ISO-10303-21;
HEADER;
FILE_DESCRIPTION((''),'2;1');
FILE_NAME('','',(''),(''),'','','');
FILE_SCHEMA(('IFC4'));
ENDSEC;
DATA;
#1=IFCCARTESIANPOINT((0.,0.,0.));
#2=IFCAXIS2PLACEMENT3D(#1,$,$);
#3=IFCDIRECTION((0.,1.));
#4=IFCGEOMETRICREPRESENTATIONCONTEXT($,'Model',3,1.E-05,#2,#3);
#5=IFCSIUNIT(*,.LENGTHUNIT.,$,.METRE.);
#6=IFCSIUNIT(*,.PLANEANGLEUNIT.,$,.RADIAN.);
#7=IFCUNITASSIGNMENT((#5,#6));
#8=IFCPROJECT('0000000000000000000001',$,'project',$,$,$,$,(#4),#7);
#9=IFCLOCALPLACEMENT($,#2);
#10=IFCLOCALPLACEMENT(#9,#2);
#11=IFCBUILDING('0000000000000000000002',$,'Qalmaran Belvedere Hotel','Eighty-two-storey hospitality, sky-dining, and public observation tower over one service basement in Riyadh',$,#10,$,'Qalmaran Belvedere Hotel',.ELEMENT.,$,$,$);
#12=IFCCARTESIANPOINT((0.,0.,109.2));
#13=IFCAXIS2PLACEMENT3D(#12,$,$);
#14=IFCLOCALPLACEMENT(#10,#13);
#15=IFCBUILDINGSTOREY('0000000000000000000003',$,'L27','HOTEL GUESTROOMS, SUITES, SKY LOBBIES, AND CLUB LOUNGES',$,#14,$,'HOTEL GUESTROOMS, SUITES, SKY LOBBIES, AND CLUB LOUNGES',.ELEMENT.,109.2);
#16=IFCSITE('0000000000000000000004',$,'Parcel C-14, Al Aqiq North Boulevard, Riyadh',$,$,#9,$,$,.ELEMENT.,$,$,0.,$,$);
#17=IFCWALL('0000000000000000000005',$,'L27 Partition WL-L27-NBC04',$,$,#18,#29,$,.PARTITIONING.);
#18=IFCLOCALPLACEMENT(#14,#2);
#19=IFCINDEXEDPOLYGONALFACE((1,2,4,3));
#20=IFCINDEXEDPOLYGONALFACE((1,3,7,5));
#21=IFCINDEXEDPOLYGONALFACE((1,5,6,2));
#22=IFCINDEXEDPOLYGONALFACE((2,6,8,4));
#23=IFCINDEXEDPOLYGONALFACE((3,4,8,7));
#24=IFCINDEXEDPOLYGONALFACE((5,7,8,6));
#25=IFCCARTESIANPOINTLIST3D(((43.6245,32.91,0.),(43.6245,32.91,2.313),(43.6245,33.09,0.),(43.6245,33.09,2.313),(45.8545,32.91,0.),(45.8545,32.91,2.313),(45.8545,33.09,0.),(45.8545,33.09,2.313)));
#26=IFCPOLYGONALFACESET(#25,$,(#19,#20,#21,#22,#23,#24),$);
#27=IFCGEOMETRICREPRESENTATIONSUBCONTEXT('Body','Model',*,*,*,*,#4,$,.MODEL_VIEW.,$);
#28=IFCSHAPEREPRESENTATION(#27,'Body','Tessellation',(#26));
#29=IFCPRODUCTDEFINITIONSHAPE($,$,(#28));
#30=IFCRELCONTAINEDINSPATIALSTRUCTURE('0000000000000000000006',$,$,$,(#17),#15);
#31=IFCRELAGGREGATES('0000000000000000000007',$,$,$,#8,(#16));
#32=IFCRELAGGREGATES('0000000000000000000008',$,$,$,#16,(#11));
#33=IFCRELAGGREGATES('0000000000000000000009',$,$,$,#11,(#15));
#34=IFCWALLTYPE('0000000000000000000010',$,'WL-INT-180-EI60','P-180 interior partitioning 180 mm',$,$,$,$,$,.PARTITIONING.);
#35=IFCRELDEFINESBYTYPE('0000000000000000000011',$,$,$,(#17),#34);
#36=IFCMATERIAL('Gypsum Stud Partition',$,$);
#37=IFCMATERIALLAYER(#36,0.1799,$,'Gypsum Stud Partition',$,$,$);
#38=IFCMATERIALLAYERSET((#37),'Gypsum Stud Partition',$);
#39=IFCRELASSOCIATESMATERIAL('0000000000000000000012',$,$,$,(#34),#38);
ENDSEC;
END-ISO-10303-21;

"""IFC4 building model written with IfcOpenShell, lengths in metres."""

from ifc_helpers import new_model, si_unit, direction, frame, frame_2d, origin, place, context, subcontext, project, spatial, rectangle, extrude, material, layer, layer_set, type_object, element, save


model = new_model("IFC4")

# Units and contexts
model_context = context("Model", 3, precision=1e-05, world=origin(), true_north=direction((0.0, 1.0)))
body_context = subcontext(model_context, "Body", "Model", "MODEL_VIEW")
ifc_project = project(units=[si_unit("LENGTHUNIT", "METRE"), si_unit("PLANEANGLEUNIT", "RADIAN")], contexts=[model_context])

# Site, building, storey
site_placement = place(None, origin())
site = spatial("IfcSite", under=ifc_project, at=site_placement, Name="Parcel C-14, Al Aqiq North Boulevard, Riyadh", CompositionType="ELEMENT", RefElevation=0.0)
building_placement = place(site_placement, origin())
building = spatial("IfcBuilding", under=site, at=building_placement, Name="Qalmaran Belvedere Hotel", Description="Eighty-two-storey hospitality, sky-dining, and public observation tower over one service basement in Riyadh", LongName="Qalmaran Belvedere Hotel", CompositionType="ELEMENT")
storey_placement = place(building_placement, frame((0.0, 0.0, 109.2)))
storey = spatial("IfcBuildingStorey", under=building, at=storey_placement, Name="L27", Description="HOTEL GUESTROOMS, SUITES, SKY LOBBIES, AND CLUB LOUNGES", LongName="HOTEL GUESTROOMS, SUITES, SKY LOBBIES, AND CLUB LOUNGES", CompositionType="ELEMENT", Elevation=109.2)

# Shared definitions
ifc_material_1 = material(Name="Gypsum Stud Partition")

# Shared definitions
ifc_layer_1 = layer(ifc_material_1, 0.1799, Name="Gypsum Stud Partition")
ifc_layer_set_1 = layer_set([ifc_layer_1], Name="Gypsum Stud Partition")
wall_type_1 = type_object("IfcWallType", Name="WL-INT-180-EI60", Description="P-180 interior partitioning 180 mm", PredefinedType="PARTITIONING", material=ifc_layer_set_1)

# Wall
wall_1_placement = place(storey_placement, frame((43.6245, 33.0, 0.0), z_axis=(0.0, 0.0, 1.0), x_axis=(1.0, 0.0, 0.0)))
element("IfcWall", 1, at=wall_1_placement, inside=storey, type_object=wall_type_1, Name="L27 Partition WL-L27-NBC04", PredefinedType="PARTITIONING", context=body_context, shape_type="SweptSolid", body=[
    extrude(rectangle(XDim=2.23, YDim=0.1799, at=frame_2d((1.115, 0.0))), origin(), (0.0, 0.0, 1.0), 2.313),
])

save(model, "model.ifc")
